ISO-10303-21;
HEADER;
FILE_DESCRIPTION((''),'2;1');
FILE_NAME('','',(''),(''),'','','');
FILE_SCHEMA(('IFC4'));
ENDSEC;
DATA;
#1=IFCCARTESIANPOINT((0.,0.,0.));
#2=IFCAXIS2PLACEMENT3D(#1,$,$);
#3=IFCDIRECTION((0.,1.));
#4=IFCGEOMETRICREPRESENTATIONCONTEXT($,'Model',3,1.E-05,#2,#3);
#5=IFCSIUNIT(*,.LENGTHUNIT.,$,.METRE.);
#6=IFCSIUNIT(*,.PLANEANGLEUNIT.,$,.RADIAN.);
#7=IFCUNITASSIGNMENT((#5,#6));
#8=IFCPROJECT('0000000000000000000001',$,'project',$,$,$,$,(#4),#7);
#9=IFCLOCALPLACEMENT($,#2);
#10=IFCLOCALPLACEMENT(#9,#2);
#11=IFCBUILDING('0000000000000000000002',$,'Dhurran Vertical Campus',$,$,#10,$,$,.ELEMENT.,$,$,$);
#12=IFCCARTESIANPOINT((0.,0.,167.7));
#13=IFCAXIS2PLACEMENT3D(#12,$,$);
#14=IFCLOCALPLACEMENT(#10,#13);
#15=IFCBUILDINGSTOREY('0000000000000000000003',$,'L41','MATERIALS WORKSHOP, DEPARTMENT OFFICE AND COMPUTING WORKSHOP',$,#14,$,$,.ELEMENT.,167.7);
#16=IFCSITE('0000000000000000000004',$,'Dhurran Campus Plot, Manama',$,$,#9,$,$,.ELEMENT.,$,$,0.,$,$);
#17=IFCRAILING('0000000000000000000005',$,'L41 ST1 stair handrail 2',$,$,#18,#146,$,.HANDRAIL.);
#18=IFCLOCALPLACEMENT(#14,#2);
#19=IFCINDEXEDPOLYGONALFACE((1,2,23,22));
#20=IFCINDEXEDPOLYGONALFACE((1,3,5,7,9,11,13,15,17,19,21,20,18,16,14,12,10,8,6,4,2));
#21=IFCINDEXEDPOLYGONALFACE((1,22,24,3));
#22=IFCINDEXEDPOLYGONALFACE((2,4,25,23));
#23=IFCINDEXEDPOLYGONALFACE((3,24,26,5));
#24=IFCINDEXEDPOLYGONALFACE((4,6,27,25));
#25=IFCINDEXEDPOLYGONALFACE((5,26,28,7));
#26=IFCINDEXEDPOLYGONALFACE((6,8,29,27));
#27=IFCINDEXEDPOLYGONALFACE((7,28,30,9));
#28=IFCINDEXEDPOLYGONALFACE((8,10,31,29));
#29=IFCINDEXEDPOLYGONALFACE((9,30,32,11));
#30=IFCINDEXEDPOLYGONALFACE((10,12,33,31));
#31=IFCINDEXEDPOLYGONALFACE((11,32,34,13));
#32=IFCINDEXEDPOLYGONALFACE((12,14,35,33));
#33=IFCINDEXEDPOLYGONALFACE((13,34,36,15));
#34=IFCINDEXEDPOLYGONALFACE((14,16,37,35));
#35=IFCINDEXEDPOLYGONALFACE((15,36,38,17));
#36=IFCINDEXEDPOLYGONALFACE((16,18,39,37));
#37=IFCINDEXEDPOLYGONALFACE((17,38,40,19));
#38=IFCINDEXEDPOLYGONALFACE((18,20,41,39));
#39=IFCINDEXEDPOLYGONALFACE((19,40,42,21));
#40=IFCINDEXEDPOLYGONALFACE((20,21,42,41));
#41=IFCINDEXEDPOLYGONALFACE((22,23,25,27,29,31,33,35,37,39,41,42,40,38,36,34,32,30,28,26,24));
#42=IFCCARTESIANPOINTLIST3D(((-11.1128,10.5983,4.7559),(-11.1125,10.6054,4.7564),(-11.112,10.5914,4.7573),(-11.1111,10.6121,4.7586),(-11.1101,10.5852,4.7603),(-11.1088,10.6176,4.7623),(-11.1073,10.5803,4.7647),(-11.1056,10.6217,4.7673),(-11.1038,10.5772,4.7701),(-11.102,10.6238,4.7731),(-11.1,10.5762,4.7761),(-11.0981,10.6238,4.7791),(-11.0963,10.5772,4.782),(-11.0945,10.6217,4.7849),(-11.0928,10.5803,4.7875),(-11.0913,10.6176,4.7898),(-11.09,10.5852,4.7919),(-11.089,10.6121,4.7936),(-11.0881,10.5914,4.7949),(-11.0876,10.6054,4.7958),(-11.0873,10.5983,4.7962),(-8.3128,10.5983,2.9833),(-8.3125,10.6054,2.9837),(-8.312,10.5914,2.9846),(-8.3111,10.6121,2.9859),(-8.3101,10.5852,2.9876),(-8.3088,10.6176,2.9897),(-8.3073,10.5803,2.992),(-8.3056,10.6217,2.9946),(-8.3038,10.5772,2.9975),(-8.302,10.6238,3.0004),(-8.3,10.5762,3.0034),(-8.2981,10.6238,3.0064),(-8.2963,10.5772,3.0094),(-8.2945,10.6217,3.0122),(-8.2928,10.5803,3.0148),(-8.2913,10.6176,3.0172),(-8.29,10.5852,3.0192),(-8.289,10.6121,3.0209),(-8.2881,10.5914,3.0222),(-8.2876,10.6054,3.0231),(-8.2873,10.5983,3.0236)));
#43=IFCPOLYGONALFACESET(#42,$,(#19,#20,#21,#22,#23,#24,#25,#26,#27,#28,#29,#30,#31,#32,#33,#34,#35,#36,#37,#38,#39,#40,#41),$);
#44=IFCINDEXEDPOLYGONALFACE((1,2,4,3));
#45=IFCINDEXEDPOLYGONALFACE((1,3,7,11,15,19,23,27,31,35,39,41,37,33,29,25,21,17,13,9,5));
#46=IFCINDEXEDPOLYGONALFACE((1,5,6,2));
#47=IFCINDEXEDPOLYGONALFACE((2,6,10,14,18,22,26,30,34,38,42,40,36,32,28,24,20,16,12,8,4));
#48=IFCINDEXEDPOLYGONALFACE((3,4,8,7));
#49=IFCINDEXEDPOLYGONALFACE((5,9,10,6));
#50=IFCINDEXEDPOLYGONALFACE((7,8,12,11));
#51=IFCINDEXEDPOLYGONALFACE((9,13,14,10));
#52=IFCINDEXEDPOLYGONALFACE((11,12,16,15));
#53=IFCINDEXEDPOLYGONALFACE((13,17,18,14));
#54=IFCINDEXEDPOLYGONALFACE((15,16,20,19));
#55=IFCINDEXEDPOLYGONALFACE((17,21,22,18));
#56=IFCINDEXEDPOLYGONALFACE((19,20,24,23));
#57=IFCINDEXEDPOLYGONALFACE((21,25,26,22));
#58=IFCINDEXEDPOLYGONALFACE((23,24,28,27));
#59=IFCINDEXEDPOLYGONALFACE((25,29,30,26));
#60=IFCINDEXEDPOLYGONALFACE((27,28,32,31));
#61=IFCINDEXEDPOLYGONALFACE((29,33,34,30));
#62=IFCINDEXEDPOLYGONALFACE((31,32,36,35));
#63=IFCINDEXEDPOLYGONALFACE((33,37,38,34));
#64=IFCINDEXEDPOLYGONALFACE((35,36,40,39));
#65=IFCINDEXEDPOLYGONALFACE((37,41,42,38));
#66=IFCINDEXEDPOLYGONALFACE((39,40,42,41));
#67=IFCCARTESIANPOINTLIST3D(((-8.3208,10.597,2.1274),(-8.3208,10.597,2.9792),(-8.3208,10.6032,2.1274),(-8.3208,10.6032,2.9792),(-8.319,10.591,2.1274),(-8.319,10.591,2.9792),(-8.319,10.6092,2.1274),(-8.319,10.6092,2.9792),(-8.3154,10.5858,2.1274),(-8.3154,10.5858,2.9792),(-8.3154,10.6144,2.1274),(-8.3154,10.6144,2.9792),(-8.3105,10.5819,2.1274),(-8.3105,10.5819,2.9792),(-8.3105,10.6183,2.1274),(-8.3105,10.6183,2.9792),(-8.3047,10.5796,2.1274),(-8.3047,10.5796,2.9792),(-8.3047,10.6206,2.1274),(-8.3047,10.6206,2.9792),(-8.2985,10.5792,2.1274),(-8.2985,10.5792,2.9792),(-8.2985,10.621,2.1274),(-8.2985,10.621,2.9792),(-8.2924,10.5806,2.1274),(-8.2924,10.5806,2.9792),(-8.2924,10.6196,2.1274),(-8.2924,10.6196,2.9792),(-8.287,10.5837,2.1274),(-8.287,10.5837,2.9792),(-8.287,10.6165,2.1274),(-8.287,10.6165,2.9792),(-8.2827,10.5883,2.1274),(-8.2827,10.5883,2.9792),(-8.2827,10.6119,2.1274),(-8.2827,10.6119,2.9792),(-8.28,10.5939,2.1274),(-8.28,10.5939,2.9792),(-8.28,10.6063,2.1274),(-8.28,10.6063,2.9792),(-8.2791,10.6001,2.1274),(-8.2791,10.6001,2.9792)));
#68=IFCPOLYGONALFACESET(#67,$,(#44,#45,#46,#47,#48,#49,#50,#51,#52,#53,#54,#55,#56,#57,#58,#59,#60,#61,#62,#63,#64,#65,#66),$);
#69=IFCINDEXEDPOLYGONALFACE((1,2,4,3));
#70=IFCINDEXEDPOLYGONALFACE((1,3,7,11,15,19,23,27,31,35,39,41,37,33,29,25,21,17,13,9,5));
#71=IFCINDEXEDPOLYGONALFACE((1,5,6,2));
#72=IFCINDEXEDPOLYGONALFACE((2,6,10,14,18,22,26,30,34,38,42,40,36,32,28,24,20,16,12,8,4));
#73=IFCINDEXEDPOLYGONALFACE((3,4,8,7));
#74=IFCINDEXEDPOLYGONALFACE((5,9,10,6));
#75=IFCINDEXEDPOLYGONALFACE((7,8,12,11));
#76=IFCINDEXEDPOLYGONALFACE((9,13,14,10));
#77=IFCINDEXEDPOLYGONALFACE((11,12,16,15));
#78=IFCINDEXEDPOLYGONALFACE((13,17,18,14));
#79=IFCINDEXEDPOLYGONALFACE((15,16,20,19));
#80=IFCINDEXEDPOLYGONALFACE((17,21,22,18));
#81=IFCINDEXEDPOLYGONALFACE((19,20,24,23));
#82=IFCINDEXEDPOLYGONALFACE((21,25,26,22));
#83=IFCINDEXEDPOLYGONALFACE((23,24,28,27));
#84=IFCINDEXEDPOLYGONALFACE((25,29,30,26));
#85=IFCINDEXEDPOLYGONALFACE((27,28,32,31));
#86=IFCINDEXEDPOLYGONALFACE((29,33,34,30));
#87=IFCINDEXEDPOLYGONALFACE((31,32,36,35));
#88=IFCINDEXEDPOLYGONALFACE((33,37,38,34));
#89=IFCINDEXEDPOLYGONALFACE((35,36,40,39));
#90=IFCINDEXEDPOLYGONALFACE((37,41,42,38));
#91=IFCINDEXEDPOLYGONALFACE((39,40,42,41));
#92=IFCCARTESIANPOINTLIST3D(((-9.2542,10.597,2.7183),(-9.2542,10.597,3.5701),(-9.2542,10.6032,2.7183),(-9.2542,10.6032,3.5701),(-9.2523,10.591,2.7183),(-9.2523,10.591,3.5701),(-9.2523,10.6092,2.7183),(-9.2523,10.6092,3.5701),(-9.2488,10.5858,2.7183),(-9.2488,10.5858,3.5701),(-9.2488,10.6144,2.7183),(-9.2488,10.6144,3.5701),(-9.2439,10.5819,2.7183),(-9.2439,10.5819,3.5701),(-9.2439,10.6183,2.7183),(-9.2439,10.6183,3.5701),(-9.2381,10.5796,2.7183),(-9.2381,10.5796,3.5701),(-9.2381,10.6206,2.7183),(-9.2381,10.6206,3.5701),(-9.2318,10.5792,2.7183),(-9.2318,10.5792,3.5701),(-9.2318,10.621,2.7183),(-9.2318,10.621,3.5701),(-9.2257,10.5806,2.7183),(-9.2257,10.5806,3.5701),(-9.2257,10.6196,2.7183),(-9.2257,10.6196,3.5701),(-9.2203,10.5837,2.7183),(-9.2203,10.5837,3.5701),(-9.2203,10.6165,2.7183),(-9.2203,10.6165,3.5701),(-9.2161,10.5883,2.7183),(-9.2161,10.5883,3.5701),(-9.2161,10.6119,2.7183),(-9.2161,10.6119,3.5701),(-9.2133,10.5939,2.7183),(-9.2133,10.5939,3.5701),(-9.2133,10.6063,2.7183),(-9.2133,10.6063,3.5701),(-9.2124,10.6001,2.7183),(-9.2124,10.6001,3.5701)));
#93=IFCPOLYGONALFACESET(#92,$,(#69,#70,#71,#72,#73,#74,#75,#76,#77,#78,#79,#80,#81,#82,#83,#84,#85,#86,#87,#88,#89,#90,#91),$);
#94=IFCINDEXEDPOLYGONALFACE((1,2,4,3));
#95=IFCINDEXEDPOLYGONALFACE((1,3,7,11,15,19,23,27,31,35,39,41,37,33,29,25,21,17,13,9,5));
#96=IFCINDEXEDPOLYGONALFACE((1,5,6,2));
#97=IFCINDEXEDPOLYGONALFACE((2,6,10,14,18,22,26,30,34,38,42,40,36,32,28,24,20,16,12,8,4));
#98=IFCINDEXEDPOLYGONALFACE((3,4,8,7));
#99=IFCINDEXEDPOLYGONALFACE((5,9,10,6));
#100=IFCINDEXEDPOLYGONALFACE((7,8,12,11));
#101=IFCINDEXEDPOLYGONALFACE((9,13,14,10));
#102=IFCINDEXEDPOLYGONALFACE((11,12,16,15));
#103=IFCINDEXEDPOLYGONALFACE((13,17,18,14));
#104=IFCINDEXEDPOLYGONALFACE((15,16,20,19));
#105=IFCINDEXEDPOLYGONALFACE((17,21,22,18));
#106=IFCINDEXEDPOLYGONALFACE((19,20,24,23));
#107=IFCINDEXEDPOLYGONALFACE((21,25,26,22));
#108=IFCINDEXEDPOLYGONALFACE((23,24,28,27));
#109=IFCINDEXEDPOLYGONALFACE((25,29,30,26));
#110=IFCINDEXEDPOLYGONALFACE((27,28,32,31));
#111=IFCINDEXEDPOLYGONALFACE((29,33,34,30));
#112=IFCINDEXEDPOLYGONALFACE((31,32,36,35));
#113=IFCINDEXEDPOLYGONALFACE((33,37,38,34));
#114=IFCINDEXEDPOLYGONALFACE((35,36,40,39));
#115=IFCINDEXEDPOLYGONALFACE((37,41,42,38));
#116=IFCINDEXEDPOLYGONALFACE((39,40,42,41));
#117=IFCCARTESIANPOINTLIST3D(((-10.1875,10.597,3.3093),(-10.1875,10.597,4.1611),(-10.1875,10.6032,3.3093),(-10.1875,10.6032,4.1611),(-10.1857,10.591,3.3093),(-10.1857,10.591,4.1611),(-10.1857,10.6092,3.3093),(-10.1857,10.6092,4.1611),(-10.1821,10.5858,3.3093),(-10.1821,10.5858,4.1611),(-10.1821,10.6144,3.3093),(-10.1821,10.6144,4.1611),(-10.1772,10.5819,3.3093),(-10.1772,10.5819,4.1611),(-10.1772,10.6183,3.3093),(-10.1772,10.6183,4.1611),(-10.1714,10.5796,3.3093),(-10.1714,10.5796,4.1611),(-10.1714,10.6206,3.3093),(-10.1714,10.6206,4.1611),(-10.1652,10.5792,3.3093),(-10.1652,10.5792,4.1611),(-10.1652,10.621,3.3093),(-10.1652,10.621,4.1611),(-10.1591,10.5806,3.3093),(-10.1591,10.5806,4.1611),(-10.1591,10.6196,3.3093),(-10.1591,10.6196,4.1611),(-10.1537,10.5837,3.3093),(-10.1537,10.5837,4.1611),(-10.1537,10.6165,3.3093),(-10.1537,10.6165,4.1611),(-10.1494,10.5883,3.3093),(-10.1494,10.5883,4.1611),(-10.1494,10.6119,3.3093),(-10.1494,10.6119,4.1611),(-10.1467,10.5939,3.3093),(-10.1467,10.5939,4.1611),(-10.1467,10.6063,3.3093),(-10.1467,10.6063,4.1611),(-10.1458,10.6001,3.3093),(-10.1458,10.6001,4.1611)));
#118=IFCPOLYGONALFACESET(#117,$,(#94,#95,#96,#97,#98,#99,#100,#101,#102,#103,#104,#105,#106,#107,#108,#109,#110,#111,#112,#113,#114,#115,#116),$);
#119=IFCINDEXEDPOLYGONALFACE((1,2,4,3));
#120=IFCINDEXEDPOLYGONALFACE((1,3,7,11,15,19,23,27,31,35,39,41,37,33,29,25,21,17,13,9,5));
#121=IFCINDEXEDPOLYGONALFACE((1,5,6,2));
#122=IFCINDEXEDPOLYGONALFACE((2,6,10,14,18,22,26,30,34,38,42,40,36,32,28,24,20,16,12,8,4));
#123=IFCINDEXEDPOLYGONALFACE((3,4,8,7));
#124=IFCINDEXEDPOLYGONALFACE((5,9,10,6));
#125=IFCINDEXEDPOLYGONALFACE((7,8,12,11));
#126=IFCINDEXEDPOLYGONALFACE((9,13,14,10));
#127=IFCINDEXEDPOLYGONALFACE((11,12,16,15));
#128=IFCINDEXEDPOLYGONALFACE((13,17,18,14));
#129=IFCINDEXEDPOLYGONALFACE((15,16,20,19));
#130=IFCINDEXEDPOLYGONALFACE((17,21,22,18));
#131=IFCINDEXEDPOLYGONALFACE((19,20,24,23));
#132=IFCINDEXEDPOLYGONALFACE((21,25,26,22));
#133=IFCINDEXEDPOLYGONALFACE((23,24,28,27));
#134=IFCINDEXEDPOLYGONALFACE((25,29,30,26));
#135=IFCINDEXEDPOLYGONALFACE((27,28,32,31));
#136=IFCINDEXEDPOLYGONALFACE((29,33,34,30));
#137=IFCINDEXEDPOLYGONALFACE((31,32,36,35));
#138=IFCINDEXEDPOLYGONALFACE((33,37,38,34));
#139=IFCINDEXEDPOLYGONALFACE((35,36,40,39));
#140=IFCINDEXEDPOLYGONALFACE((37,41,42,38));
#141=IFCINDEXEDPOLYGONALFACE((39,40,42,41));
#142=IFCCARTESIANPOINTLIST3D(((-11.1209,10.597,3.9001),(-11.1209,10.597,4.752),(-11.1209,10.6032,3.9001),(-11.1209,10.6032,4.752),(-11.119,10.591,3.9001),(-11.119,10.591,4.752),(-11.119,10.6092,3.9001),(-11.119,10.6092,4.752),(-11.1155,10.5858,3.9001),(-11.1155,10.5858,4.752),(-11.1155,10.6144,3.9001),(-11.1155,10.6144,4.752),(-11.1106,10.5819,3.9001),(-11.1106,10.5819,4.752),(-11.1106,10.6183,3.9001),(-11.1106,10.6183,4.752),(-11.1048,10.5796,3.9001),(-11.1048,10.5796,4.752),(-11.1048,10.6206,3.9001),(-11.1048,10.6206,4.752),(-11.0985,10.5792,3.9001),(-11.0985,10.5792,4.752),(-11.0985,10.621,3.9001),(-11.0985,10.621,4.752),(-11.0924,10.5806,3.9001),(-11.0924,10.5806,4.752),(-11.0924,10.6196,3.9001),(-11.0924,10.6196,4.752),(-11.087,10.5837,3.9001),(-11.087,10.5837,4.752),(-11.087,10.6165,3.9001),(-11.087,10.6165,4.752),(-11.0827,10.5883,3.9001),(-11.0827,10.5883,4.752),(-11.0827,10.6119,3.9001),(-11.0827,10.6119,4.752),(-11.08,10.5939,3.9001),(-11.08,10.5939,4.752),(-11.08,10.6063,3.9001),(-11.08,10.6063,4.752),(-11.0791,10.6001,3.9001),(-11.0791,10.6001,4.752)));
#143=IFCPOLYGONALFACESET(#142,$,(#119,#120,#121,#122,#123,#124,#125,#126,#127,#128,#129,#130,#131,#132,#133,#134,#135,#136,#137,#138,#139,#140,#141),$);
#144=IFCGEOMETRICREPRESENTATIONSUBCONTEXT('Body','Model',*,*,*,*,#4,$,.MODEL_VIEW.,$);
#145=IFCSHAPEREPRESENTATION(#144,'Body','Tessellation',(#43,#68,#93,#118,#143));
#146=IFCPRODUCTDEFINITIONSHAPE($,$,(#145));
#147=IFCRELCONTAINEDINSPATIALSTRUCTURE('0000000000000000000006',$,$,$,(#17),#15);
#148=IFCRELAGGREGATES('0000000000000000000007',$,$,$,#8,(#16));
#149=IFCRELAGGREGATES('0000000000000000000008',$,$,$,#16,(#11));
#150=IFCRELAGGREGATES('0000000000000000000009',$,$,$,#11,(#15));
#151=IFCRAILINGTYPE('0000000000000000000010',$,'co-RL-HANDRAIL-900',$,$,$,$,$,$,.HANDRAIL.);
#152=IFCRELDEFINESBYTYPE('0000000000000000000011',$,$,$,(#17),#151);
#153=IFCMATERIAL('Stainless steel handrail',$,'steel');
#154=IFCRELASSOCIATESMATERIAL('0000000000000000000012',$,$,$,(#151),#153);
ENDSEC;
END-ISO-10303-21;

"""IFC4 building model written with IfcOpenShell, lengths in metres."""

from ifc_helpers import new_model, si_unit, direction, frame, origin, origin_2d, place, context, subcontext, project, spatial, circle, extrude, material, type_object, element, save


model = new_model("IFC4")

# Units and contexts
model_context = context("Model", 3, precision=1e-05, world=origin(), true_north=direction((0.0, 1.0)))
body_context = subcontext(model_context, "Body", "Model", "MODEL_VIEW")
ifc_project = project(units=[si_unit("LENGTHUNIT", "METRE"), si_unit("PLANEANGLEUNIT", "RADIAN")], contexts=[model_context])

# Site, building, storey
site_placement = place(None, origin())
site = spatial("IfcSite", under=ifc_project, at=site_placement, Name="Dhurran Campus Plot, Manama", CompositionType="ELEMENT", RefElevation=0.0)
building_placement = place(site_placement, origin())
building = spatial("IfcBuilding", under=site, at=building_placement, Name="Dhurran Vertical Campus", CompositionType="ELEMENT")
storey_placement = place(building_placement, frame((0.0, 0.0, 167.7)))
storey = spatial("IfcBuildingStorey", under=building, at=storey_placement, Name="L41", Description="MATERIALS WORKSHOP, DEPARTMENT OFFICE AND COMPUTING WORKSHOP", CompositionType="ELEMENT", Elevation=167.7)

# Railing
ifc_material_1 = material(Name="Stainless steel handrail", Category="steel")
railing_type_1 = type_object("IfcRailingType", Name="co-RL-HANDRAIL-900", PredefinedType="HANDRAIL", material=ifc_material_1)
railing_1_placement = place(storey_placement, frame((-8.3, 10.6001, 2.1274)))
element("IfcRailing", 1, at=railing_1_placement, inside=storey, type_object=railing_type_1, Name="L41 ST1 stair handrail 2", PredefinedType="HANDRAIL", context=body_context, shape_type="SweptSolid", body=[
    extrude(circle(Radius=0.0239, at=origin_2d()), frame((0.0, 0.0, 0.876), z_axis=(-0.844909, 0.0, 0.53491), x_axis=(0.0, -1.0, 0.0)), (0.0, 0.0, 1.0), 3.314),
    extrude(circle(Radius=0.021, at=origin_2d()), origin(), (0.0, 0.0, 1.0), 0.8518),
    extrude(circle(Radius=0.021, at=origin_2d()), frame((-0.9333, 0.0, 0.5908)), (0.0, 0.0, 1.0), 0.8518),
    extrude(circle(Radius=0.021, at=origin_2d()), frame((-1.8667, 0.0, 1.1819)), (0.0, 0.0, 1.0), 0.8518),
    extrude(circle(Radius=0.021, at=origin_2d()), frame((-2.8, 0.0, 1.7727)), (0.0, 0.0, 1.0), 0.8518),
])

save(model, "model.ifc")
